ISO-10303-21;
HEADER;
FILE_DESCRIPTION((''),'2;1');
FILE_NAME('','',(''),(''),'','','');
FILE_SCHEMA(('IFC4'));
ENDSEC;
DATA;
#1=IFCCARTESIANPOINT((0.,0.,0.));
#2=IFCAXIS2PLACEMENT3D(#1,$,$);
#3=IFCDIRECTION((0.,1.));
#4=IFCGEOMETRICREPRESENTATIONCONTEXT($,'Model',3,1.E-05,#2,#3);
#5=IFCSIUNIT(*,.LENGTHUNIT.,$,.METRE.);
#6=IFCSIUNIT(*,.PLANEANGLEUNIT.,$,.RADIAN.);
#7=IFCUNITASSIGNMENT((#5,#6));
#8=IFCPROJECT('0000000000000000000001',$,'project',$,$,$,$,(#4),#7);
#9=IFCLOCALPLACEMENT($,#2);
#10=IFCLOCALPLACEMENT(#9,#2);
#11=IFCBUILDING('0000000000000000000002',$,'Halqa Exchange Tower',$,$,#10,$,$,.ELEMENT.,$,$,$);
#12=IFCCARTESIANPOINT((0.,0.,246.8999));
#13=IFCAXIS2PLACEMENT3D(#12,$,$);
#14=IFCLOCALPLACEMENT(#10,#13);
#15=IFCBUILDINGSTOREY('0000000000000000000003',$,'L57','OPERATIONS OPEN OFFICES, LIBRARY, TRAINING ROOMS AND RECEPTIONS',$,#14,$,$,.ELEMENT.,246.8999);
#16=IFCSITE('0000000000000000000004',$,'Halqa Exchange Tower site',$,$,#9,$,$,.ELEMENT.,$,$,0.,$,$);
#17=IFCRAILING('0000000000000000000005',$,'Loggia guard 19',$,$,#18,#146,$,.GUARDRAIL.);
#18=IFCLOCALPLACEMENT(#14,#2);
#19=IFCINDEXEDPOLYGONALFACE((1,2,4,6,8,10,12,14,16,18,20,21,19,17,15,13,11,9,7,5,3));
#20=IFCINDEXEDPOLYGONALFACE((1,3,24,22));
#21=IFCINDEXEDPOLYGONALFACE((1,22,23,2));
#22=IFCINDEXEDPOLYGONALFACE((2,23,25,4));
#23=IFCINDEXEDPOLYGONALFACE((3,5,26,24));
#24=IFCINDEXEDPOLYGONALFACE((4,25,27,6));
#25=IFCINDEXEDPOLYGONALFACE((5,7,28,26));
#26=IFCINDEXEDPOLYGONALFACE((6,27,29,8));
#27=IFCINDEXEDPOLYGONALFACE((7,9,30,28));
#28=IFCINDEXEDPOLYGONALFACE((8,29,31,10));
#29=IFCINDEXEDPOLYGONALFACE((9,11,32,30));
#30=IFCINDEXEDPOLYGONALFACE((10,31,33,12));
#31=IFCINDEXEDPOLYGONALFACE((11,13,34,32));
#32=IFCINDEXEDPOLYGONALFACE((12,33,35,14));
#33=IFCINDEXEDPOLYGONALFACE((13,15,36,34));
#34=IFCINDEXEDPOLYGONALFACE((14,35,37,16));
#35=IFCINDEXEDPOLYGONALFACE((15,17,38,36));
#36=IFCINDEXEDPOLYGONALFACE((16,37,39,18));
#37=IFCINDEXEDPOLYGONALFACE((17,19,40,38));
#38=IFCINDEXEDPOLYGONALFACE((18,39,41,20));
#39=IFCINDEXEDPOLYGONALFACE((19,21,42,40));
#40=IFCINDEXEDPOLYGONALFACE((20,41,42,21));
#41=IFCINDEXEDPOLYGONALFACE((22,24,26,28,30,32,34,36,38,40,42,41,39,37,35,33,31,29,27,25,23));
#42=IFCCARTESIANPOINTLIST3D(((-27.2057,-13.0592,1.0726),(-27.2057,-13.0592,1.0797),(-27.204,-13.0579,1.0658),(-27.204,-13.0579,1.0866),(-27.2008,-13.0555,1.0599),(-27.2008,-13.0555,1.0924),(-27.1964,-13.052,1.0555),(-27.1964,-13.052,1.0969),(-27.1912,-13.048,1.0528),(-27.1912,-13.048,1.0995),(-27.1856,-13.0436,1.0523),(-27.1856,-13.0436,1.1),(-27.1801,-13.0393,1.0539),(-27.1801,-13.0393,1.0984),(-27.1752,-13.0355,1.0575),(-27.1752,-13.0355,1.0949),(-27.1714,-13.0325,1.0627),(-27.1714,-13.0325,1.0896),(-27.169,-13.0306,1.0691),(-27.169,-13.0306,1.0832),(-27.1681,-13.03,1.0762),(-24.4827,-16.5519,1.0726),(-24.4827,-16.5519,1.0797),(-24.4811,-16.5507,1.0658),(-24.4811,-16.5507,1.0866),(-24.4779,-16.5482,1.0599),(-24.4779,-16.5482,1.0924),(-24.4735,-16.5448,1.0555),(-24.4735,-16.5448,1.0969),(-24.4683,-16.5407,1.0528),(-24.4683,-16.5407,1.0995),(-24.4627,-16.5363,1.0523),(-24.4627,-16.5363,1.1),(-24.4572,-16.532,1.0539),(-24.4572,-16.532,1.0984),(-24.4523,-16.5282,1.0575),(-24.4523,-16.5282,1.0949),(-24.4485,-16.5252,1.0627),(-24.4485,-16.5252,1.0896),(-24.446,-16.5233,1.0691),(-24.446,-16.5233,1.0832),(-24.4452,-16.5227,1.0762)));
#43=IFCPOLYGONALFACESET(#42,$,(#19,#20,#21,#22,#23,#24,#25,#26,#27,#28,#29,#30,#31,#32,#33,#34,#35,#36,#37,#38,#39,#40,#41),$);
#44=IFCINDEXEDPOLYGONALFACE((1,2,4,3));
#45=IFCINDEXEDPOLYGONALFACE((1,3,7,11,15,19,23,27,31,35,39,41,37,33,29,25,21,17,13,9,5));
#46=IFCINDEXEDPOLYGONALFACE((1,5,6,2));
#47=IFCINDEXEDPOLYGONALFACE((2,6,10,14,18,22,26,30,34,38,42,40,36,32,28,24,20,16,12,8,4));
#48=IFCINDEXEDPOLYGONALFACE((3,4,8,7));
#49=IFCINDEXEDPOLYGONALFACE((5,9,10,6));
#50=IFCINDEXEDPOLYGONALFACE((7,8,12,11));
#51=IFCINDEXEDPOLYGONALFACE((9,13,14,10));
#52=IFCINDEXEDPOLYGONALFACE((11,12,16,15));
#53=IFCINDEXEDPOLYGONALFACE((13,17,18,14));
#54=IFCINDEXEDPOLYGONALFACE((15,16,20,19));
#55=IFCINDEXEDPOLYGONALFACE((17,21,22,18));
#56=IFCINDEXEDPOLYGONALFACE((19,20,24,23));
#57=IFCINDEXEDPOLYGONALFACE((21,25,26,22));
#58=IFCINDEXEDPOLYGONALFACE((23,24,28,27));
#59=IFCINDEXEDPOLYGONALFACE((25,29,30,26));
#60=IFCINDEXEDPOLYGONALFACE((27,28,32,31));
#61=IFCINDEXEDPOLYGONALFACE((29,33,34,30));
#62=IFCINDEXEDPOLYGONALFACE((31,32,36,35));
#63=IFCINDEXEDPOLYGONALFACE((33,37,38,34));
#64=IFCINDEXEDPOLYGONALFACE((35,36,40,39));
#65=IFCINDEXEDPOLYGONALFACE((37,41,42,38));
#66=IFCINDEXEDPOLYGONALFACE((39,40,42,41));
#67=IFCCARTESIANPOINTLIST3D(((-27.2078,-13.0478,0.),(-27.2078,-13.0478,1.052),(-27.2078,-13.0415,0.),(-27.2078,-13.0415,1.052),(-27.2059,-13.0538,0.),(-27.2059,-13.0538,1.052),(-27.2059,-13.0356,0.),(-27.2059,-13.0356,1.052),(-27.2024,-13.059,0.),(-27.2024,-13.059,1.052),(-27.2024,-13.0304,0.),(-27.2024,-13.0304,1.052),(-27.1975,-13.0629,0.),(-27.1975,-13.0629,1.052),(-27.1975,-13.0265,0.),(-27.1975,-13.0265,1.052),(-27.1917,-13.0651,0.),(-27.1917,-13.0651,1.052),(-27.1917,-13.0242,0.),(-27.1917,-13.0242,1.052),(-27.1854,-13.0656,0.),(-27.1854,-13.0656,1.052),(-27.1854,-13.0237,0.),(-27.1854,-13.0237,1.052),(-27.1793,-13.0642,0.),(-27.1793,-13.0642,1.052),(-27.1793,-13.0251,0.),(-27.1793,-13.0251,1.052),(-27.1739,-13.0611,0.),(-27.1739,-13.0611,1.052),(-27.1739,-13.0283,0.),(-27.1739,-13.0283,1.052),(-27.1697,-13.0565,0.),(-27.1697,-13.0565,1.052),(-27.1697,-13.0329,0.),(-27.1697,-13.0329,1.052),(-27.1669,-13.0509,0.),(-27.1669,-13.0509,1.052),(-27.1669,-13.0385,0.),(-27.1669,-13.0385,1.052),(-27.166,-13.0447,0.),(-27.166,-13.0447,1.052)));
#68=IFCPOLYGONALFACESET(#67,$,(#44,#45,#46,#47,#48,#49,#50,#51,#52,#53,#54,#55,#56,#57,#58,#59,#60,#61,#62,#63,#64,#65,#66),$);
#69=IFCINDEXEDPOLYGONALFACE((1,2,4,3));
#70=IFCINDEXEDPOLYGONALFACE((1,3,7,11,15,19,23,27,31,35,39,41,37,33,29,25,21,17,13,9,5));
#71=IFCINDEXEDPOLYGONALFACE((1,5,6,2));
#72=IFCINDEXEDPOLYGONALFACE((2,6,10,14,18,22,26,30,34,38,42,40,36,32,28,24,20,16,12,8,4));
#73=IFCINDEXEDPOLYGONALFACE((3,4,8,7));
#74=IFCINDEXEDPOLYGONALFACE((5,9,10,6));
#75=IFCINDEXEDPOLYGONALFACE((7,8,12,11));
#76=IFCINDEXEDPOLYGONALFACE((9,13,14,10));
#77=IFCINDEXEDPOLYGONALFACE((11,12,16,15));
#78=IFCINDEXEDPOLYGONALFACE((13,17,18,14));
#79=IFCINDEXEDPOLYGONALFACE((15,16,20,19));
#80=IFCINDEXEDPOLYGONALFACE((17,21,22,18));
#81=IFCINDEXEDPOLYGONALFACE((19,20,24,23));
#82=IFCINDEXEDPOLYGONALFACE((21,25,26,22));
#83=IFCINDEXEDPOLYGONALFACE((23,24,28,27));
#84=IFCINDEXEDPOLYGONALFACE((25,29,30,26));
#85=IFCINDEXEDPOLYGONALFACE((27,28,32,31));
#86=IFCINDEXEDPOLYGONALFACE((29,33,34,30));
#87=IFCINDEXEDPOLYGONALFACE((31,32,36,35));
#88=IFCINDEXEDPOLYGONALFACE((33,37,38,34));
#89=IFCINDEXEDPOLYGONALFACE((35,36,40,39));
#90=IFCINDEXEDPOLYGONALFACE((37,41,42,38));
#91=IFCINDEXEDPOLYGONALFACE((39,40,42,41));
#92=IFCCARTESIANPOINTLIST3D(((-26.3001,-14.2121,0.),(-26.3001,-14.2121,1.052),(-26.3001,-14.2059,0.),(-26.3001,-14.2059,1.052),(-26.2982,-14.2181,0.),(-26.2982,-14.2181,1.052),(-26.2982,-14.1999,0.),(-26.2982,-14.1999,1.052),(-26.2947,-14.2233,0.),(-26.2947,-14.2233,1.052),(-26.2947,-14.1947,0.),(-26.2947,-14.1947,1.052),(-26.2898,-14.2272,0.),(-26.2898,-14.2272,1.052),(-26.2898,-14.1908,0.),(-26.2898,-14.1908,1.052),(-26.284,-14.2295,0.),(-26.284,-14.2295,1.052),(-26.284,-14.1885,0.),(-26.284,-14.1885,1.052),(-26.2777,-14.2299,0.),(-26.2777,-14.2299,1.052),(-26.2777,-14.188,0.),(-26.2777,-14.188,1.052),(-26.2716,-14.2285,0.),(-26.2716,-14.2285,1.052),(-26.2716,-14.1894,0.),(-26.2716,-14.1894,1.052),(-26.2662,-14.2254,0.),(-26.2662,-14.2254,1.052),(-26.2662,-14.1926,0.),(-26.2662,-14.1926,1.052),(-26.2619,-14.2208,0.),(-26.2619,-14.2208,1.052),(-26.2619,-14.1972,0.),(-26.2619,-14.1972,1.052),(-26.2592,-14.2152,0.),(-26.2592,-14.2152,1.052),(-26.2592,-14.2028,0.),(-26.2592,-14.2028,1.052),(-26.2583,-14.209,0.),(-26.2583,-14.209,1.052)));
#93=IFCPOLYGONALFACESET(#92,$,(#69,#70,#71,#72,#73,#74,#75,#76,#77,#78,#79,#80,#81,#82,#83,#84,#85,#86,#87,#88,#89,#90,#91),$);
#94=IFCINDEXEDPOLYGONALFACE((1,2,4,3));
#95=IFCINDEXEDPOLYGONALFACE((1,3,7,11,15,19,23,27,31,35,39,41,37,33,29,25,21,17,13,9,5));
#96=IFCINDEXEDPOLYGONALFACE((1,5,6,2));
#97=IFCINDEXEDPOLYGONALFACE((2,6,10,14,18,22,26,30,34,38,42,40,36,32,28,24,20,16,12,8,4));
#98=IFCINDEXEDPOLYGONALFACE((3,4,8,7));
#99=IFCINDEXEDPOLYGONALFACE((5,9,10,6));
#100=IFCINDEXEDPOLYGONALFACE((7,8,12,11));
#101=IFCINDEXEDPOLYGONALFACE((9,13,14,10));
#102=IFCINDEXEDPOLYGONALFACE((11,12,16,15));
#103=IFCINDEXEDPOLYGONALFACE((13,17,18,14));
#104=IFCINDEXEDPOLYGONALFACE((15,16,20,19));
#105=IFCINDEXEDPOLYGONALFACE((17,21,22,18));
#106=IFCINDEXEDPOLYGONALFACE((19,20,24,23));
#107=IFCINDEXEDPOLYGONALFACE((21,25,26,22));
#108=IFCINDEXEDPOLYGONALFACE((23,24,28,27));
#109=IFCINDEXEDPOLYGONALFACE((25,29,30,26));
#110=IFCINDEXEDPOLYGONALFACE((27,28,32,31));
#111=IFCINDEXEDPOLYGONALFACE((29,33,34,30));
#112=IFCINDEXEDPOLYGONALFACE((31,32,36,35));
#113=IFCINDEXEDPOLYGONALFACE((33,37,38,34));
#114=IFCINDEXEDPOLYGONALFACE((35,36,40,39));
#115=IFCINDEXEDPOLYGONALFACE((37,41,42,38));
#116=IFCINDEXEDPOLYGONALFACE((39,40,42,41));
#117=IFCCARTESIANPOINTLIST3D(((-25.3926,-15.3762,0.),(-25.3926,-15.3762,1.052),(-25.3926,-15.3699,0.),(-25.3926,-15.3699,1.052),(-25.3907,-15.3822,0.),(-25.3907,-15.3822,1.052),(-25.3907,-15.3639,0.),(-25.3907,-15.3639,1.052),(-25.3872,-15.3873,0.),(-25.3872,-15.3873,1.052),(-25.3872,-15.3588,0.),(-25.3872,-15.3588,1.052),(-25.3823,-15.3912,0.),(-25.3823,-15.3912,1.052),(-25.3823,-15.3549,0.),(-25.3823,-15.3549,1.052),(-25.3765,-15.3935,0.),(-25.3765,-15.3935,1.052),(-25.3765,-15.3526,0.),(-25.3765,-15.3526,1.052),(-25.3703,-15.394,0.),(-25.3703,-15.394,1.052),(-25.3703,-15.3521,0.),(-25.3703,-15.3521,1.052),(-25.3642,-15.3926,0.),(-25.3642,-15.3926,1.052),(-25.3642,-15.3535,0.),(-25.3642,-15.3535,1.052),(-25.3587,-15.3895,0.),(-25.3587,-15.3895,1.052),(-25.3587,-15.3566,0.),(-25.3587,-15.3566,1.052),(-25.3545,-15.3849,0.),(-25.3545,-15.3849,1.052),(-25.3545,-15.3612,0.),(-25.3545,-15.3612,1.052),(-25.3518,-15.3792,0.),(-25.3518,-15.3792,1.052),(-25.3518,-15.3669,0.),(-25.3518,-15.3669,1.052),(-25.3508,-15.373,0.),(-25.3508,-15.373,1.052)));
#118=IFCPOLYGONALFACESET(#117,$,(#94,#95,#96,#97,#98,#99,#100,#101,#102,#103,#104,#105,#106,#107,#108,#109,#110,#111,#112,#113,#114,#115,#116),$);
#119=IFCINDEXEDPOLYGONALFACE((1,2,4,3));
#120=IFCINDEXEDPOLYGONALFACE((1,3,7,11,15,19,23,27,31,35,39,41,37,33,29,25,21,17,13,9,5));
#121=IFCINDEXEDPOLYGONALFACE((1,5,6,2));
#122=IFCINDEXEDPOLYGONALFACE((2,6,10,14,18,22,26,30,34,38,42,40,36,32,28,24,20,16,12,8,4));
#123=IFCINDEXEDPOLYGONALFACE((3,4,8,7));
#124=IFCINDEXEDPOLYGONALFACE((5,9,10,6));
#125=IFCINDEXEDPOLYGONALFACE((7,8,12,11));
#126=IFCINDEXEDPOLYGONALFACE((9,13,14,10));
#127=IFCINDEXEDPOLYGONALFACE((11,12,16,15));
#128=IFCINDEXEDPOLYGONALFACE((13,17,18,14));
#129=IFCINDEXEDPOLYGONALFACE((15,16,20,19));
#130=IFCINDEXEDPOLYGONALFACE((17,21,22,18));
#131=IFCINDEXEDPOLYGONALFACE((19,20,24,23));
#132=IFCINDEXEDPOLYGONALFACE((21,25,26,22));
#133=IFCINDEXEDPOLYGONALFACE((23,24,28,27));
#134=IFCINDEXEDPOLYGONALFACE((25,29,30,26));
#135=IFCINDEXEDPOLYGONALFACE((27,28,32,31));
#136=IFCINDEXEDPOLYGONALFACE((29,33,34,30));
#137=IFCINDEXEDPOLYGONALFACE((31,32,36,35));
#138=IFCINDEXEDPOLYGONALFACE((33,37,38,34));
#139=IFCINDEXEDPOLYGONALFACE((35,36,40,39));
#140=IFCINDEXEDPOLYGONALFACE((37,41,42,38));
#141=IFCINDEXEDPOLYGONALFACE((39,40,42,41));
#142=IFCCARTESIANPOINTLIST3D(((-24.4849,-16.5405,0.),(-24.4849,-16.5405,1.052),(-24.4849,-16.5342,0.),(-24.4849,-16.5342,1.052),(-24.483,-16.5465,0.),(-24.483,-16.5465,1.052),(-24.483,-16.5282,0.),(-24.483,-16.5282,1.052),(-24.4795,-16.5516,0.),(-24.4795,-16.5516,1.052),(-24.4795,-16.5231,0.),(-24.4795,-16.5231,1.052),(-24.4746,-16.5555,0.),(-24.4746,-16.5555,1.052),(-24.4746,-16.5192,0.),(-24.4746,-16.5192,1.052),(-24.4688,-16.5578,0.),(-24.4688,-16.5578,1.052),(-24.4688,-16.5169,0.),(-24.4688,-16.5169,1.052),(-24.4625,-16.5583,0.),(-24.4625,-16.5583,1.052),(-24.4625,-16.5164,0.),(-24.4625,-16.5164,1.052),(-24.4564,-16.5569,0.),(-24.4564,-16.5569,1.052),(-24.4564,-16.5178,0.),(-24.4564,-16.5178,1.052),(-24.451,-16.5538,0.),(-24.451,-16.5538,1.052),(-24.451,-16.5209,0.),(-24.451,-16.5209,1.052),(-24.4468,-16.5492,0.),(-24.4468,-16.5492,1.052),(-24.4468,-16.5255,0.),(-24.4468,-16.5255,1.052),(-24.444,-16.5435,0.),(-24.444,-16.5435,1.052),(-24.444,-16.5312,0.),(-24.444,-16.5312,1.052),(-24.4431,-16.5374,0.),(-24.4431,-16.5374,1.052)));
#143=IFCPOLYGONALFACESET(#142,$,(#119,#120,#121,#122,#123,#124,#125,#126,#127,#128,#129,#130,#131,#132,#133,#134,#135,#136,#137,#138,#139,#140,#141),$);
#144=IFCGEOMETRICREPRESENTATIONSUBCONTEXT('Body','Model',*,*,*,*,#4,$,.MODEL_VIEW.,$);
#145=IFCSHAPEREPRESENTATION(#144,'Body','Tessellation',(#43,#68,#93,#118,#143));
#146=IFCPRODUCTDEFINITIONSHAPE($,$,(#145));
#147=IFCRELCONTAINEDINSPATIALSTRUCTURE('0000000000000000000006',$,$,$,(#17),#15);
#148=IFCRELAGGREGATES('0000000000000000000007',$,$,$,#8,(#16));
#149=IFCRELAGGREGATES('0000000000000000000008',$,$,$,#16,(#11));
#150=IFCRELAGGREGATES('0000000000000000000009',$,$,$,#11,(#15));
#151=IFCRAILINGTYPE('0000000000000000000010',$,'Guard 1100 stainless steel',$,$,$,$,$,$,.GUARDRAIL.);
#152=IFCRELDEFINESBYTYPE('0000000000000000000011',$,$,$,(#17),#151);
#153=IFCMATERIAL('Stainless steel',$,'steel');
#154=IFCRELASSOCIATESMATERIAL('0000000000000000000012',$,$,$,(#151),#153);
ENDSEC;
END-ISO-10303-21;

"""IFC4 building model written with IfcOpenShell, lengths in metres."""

from ifc_helpers import new_model, si_unit, direction, frame, origin, origin_2d, place, context, subcontext, project, spatial, circle, extrude, material, type_object, element, save


model = new_model("IFC4")

# Units and contexts
model_context = context("Model", 3, precision=1e-05, world=origin(), true_north=direction((0.0, 1.0)))
body_context = subcontext(model_context, "Body", "Model", "MODEL_VIEW")
ifc_project = project(units=[si_unit("LENGTHUNIT", "METRE"), si_unit("PLANEANGLEUNIT", "RADIAN")], contexts=[model_context])

# Site, building, storey
site_placement = place(None, origin())
site = spatial("IfcSite", under=ifc_project, at=site_placement, Name="Halqa Exchange Tower site", CompositionType="ELEMENT", RefElevation=0.0)
building_placement = place(site_placement, origin())
building = spatial("IfcBuilding", under=site, at=building_placement, Name="Halqa Exchange Tower", CompositionType="ELEMENT")
storey_placement = place(building_placement, frame((0.0, 0.0, 246.8999)))
storey = spatial("IfcBuildingStorey", under=building, at=storey_placement, Name="L57", Description="OPERATIONS OPEN OFFICES, LIBRARY, TRAINING ROOMS AND RECEPTIONS", CompositionType="ELEMENT", Elevation=246.8999)

# Railing
ifc_material_1 = material(Name="Stainless steel", Category="steel")
railing_type = type_object("IfcRailingType", Name="Guard 1100 stainless steel", PredefinedType="GUARDRAIL", material=ifc_material_1)
railing_1_placement = place(storey_placement, frame((-27.187, -13.0447, 0.0)))
element("IfcRailing", 1, at=railing_1_placement, inside=storey, type_object=railing_type, Name="Loggia guard 19", PredefinedType="GUARDRAIL", context=body_context, shape_type="SweptSolid", body=[
    extrude(circle(Radius=0.0239, at=origin_2d()), frame((0.0, 0.0, 1.0762), z_axis=(0.614837, -0.788654, 0.0), x_axis=(0.788654, 0.614837, 0.0)), (0.0, 0.0, 1.0), 4.4287),
    extrude(circle(Radius=0.021, at=origin_2d()), origin(), (0.0, 0.0, 1.0), 1.052),
    extrude(circle(Radius=0.021, at=origin_2d()), frame((0.9077, -1.1643, 0.0)), (0.0, 0.0, 1.0), 1.052),
    extrude(circle(Radius=0.021, at=origin_2d()), frame((1.8152, -2.3284, 0.0)), (0.0, 0.0, 1.0), 1.052),
    extrude(circle(Radius=0.021, at=origin_2d()), frame((2.7229, -3.4927, 0.0)), (0.0, 0.0, 1.0), 1.052),
])

save(model, "model.ifc")
